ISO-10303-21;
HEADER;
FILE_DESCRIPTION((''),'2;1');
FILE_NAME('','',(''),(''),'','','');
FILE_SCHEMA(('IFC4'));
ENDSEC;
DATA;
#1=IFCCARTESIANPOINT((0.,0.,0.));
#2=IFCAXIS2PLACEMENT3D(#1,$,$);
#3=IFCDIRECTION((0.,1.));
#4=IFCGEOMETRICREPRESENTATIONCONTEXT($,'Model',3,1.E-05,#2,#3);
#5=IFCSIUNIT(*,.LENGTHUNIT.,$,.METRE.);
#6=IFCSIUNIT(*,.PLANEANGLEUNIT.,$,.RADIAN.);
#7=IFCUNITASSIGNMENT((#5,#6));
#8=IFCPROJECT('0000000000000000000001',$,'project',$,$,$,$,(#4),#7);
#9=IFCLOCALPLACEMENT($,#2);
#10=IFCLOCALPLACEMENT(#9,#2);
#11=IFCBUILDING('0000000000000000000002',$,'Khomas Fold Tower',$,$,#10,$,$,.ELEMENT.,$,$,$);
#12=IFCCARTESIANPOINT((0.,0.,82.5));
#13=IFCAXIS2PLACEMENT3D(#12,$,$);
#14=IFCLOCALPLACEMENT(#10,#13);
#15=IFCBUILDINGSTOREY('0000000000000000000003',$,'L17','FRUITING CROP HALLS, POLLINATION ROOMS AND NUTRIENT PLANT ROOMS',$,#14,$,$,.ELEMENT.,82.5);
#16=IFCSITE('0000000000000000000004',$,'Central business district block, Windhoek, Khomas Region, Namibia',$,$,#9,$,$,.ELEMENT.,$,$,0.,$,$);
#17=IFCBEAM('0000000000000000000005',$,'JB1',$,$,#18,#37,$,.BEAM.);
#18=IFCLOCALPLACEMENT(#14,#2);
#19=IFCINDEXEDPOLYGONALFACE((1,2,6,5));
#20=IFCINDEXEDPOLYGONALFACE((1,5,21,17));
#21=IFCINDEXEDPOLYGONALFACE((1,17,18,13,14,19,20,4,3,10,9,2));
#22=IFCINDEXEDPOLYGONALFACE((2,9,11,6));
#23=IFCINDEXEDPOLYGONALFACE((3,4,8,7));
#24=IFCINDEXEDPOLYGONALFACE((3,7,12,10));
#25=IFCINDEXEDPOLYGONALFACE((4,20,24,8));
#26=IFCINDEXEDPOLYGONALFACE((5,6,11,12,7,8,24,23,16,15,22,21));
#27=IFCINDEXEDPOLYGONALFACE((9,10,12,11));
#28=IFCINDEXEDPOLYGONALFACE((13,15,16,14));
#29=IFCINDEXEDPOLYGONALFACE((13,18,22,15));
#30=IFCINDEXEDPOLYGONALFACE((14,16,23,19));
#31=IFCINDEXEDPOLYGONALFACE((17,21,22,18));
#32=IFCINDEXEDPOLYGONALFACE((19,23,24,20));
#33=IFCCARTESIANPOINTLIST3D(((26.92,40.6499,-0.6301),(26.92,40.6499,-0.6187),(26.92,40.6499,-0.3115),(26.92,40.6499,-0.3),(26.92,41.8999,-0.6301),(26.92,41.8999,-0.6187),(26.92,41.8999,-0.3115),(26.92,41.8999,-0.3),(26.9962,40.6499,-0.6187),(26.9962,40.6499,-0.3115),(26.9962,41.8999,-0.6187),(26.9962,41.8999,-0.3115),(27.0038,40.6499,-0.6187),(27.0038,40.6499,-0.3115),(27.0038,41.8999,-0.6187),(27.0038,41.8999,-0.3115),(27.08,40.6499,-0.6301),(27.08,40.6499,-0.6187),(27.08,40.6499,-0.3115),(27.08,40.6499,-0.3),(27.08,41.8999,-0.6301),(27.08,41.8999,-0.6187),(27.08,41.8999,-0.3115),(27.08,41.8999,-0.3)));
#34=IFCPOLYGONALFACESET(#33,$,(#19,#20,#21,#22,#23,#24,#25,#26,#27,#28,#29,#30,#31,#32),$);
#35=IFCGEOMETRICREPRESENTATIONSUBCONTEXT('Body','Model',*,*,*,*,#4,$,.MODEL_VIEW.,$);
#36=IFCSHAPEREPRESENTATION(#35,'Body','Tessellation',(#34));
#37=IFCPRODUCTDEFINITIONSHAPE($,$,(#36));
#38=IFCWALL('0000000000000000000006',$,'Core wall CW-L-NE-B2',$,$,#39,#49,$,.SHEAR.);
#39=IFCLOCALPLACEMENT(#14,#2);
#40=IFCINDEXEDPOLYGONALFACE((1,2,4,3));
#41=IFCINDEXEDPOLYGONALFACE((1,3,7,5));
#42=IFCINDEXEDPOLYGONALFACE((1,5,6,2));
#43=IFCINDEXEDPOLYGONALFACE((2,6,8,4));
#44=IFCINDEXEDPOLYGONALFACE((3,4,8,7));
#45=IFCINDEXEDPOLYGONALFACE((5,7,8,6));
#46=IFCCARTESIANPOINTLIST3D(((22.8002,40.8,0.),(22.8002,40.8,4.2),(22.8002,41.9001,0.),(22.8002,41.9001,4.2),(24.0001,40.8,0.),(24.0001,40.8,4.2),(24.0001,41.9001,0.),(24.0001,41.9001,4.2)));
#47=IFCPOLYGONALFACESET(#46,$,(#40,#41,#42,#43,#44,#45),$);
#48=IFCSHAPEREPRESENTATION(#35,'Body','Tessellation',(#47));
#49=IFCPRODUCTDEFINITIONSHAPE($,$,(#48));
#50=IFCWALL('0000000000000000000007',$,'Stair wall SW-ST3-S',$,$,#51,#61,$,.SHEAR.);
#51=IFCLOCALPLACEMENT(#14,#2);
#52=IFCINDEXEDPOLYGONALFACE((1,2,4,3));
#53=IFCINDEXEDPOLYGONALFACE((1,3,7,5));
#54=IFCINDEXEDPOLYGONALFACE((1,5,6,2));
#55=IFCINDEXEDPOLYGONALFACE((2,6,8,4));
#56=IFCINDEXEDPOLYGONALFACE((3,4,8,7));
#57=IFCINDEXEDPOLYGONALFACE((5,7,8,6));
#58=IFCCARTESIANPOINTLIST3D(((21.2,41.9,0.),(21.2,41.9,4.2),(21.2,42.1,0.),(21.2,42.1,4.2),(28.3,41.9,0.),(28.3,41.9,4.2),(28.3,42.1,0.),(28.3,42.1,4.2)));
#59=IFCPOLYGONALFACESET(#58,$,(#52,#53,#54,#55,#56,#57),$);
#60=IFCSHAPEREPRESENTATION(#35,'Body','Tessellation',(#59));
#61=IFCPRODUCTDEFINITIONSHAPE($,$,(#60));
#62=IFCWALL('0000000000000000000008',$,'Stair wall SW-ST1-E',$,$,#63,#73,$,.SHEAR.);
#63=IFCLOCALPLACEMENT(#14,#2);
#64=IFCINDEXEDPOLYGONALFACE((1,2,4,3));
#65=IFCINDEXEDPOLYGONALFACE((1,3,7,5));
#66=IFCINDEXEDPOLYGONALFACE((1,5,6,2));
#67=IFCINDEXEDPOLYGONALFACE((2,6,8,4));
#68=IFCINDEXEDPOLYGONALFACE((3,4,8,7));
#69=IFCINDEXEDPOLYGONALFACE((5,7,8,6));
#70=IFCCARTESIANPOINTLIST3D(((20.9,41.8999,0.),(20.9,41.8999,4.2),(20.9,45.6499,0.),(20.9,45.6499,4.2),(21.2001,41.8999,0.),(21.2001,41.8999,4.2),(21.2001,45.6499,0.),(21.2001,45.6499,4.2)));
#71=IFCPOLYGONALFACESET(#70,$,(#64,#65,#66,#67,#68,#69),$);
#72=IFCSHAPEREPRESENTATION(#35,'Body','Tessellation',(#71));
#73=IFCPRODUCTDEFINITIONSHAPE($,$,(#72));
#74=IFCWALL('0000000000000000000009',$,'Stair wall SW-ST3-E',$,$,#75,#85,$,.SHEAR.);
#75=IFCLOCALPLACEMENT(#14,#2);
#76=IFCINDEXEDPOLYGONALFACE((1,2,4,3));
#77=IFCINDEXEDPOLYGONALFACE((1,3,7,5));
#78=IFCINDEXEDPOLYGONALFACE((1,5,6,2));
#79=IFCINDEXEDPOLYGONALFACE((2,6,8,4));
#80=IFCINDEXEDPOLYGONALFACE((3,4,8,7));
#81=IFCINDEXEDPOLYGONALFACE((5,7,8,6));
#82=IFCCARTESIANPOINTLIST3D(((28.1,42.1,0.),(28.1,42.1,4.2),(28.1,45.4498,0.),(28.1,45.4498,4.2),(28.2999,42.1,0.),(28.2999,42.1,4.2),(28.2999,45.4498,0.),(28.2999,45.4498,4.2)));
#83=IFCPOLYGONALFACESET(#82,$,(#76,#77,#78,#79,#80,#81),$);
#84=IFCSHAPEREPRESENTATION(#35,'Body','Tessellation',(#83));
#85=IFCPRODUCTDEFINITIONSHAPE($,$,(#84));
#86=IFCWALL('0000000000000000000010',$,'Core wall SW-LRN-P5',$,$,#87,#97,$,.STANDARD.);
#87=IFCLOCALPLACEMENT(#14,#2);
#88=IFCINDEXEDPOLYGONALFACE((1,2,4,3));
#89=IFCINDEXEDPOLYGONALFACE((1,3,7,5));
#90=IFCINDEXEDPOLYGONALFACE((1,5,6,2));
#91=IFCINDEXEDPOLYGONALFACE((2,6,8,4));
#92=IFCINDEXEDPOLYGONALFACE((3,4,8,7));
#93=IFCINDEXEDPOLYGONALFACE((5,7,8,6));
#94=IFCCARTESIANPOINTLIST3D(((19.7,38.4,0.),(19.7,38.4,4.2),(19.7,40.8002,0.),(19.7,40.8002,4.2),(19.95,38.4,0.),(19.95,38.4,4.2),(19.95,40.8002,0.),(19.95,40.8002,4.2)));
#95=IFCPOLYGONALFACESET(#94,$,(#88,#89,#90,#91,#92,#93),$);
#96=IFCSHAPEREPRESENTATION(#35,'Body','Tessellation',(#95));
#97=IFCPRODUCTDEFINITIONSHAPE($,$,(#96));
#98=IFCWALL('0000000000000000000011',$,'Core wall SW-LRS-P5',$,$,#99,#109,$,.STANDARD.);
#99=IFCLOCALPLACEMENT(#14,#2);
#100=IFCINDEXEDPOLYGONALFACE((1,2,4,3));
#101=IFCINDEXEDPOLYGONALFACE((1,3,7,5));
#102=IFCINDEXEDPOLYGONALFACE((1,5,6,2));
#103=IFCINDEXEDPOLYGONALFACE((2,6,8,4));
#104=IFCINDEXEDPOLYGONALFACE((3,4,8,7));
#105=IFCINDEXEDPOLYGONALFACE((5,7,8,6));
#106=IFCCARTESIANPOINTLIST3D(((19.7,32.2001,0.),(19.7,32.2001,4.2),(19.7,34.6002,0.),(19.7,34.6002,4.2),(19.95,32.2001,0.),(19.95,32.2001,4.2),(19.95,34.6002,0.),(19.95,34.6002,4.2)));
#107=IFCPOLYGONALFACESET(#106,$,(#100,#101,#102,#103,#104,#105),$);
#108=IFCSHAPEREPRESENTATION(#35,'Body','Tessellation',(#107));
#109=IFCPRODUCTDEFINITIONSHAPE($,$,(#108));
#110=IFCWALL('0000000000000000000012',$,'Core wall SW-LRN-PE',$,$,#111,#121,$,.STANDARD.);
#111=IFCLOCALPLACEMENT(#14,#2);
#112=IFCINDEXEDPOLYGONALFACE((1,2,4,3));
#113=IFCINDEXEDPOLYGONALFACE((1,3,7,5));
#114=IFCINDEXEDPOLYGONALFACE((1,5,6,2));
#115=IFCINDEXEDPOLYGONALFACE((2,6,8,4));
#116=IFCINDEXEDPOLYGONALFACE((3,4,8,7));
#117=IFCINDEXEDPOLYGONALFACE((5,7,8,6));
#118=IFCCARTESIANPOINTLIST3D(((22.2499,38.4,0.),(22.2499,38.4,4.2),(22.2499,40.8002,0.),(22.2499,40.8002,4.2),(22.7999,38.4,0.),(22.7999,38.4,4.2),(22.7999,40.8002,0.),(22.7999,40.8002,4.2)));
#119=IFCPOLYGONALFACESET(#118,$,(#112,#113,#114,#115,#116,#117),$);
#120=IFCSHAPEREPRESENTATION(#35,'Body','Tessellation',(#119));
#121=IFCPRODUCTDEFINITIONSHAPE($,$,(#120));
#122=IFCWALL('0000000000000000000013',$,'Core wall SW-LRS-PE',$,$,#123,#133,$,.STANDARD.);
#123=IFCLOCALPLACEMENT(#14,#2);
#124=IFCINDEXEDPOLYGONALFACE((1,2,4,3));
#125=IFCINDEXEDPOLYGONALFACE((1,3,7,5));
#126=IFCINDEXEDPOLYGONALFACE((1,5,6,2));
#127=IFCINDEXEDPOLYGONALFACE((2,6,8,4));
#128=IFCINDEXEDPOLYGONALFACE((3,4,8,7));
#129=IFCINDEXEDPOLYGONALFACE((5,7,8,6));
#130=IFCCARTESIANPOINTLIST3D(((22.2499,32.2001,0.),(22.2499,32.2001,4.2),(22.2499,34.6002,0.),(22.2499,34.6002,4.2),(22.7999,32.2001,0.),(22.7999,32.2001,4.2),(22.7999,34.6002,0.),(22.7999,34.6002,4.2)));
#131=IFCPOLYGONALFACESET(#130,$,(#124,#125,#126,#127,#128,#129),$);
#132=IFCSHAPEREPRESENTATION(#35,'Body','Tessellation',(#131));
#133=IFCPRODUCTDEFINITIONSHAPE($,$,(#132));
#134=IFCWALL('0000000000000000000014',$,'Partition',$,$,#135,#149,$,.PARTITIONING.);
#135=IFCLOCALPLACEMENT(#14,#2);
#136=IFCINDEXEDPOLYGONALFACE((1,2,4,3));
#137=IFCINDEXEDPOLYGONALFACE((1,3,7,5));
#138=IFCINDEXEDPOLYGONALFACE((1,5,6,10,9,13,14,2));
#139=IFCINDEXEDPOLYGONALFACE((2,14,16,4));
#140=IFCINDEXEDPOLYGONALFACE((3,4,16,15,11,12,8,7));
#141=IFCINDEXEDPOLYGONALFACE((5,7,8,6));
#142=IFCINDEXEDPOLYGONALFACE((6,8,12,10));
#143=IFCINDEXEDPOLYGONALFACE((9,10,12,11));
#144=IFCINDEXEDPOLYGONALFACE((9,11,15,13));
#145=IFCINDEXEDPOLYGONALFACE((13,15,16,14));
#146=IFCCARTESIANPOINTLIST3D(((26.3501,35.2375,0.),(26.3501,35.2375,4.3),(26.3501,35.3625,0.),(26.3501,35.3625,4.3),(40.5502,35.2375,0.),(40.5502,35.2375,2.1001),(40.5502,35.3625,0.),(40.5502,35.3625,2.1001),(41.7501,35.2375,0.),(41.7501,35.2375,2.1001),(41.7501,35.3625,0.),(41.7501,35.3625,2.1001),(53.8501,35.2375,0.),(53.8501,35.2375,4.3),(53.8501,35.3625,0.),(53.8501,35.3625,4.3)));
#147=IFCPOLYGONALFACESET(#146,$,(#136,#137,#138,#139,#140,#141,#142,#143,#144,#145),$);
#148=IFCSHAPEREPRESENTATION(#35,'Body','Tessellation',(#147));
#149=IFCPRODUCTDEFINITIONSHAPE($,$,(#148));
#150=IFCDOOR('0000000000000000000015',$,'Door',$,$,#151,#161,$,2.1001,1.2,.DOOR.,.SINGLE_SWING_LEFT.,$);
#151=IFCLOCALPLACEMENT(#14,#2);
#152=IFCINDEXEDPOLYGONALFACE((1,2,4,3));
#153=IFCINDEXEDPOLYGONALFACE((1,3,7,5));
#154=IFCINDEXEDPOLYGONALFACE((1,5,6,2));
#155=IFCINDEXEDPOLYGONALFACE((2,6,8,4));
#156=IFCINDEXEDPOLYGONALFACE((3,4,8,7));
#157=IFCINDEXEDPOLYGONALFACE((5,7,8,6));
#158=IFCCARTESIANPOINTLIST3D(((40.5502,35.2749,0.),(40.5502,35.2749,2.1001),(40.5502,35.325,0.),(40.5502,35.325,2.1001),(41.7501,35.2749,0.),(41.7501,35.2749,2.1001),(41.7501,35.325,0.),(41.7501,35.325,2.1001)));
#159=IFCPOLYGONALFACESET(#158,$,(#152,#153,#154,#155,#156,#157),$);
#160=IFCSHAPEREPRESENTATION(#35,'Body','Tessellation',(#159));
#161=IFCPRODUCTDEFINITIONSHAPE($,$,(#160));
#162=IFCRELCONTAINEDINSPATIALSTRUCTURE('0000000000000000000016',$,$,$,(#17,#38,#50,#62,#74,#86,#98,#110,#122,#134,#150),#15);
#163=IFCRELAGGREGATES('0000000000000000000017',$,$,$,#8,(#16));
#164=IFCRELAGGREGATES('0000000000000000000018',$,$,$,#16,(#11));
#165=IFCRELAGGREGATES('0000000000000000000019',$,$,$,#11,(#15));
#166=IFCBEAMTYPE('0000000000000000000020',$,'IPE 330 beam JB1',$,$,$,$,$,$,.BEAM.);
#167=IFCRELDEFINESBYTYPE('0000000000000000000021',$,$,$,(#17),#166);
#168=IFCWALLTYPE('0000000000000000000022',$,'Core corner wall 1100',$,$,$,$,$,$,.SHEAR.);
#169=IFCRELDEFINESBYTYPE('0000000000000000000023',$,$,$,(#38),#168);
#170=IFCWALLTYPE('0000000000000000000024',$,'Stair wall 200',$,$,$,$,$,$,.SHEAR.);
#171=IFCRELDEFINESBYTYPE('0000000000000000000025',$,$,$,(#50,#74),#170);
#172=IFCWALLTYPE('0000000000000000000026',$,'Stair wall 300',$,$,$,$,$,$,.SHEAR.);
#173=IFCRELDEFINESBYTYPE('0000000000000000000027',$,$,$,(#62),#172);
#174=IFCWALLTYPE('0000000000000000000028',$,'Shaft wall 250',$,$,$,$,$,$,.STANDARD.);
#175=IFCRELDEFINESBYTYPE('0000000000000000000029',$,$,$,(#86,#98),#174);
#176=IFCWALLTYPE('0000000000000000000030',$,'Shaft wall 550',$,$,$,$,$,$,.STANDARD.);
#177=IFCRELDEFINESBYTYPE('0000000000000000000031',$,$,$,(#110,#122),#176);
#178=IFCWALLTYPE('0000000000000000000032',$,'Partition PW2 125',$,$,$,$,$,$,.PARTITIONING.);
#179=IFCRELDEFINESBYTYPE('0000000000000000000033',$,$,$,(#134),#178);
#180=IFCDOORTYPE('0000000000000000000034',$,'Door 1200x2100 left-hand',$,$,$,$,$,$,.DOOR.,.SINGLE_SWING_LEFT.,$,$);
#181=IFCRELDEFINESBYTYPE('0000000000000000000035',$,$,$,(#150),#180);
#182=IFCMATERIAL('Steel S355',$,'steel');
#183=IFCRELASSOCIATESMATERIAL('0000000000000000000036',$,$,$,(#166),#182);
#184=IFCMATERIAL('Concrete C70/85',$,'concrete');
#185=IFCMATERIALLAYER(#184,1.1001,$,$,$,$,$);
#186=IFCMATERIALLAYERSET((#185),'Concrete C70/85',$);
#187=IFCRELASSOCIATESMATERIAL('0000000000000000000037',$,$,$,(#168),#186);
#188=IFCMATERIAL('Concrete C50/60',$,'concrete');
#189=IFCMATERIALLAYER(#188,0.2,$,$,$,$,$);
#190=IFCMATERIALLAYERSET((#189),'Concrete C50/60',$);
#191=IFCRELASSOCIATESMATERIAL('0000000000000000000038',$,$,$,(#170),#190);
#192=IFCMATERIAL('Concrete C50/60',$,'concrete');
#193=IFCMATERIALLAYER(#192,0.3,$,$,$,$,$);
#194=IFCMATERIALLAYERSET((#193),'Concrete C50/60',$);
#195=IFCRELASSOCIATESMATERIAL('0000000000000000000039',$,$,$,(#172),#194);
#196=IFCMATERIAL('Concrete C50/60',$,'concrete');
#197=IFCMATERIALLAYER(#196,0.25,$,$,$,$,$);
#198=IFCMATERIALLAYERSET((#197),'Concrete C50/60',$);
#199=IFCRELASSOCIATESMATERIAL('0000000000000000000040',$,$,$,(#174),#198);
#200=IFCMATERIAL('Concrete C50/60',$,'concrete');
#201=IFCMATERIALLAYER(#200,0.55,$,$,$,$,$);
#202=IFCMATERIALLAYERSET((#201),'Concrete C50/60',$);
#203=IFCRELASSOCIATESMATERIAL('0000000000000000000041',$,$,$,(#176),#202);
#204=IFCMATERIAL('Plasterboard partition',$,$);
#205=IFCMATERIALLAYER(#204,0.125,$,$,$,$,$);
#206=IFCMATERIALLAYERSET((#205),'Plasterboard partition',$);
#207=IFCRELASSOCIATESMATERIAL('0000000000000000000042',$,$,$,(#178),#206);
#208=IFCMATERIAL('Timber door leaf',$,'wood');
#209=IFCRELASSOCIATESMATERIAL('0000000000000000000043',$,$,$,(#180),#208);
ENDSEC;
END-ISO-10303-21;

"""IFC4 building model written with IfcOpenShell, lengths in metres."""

from ifc_helpers import new_model, si_unit, direction, frame, frame_2d, origin, origin_2d, place, context, subcontext, project, spatial, rectangle, i_section, extrude, source, transform, mapped, material, layer, layer_set, material_profile, profile_set, type_object, element, fill, save


model = new_model("IFC4")

# Units and contexts
model_context = context("Model", 3, precision=1e-05, world=origin(), true_north=direction((0.0, 1.0)))
body_context = subcontext(model_context, "Body", "Model", "MODEL_VIEW")
ifc_project = project(units=[si_unit("LENGTHUNIT", "METRE"), si_unit("PLANEANGLEUNIT", "RADIAN")], contexts=[model_context])

# Site, building, storey
site_placement = place(None, origin())
site = spatial("IfcSite", under=ifc_project, at=site_placement, Name="Central business district block, Windhoek, Khomas Region, Namibia", CompositionType="ELEMENT", RefElevation=0.0)
building_placement = place(site_placement, origin())
building = spatial("IfcBuilding", under=site, at=building_placement, Name="Khomas Fold Tower", CompositionType="ELEMENT")
storey_placement = place(building_placement, frame((0.0, 0.0, 82.5)))
storey = spatial("IfcBuildingStorey", under=building, at=storey_placement, Name="L17", Description="FRUITING CROP HALLS, POLLINATION ROOMS AND NUTRIENT PLANT ROOMS", CompositionType="ELEMENT", Elevation=82.5)

# Beam
ifc_material_1 = material(Name="Steel S355", Category="steel")
ifc_material_profile_1 = material_profile(ifc_material_1, i_section(OverallWidth=0.1599, OverallDepth=0.3301, WebThickness=0.0076, FlangeThickness=0.0115, at=origin_2d()), Name="IPE 330")
ifc_profile_set_1 = profile_set([ifc_material_profile_1], Name="Steel S355")
beam_type_1 = type_object("IfcBeamType", Name="IPE 330 beam JB1", PredefinedType="BEAM", material=ifc_profile_set_1)
shared_shape_1 = source(origin(), body_context, "Body", "SweptSolid", [
    extrude(i_section(OverallWidth=0.1599, OverallDepth=0.3301, WebThickness=0.0076, FlangeThickness=0.0115, at=origin_2d()), origin(), (0.0, 0.0, 1.0), 1.25),
])
beam_1_placement = place(storey_placement, frame((27.0, 40.6499, -0.4651), z_axis=(0.0, 1.0, 0.0), x_axis=(-1.0, 0.0, 0.0)))
element("IfcBeam", 1, at=beam_1_placement, inside=storey, type_object=beam_type_1, Name="JB1", PredefinedType="BEAM", context=body_context, shape_type="MappedRepresentation", body=[
    mapped(shared_shape_1, transform((0.0, 0.0, 0.0))),
])

# Walls
ifc_material_2 = material(Name="Concrete C70/85", Category="concrete")
ifc_layer_1 = layer(ifc_material_2, 1.1001)
ifc_layer_set_1 = layer_set([ifc_layer_1], Name="Concrete C70/85")
wall_type_1 = type_object("IfcWallType", Name="Core corner wall 1100", PredefinedType="SHEAR", material=ifc_layer_set_1)
shared_shape_2 = source(origin(), body_context, "Body", "SweptSolid", [
    extrude(rectangle(XDim=1.2, YDim=1.1001, at=frame_2d((0.6001, 0.0))), origin(), (0.0, 0.0, 1.0), 4.2),
])
wall_1_placement = place(storey_placement, frame((22.8, 41.3501, 0.0), z_axis=(0.0, 0.0, 1.0), x_axis=(1.0, 0.0, 0.0)))
element("IfcWall", 2, at=wall_1_placement, inside=storey, type_object=wall_type_1, Name="Core wall CW-L-NE-B2", PredefinedType="SHEAR", context=body_context, shape_type="MappedRepresentation", body=[
    mapped(shared_shape_2, transform((0.0, 0.0, 0.0))),
])
ifc_material_3 = material(Name="Concrete C50/60", Category="concrete")
ifc_layer_2 = layer(ifc_material_3, 0.2)
ifc_layer_set_2 = layer_set([ifc_layer_2], Name="Concrete C50/60")
wall_type_2 = type_object("IfcWallType", Name="Stair wall 200", PredefinedType="SHEAR", material=ifc_layer_set_2)
shared_shape_3 = source(origin(), body_context, "Body", "SweptSolid", [
    extrude(rectangle(XDim=7.1001, YDim=0.2, at=frame_2d((3.55, 0.0))), origin(), (0.0, 0.0, 1.0), 4.2),
])
wall_2_placement = place(storey_placement, frame((21.2, 42.0, 0.0), z_axis=(0.0, 0.0, 1.0), x_axis=(1.0, 0.0, 0.0)))
element("IfcWall", 3, at=wall_2_placement, inside=storey, type_object=wall_type_2, Name="Stair wall SW-ST3-S", PredefinedType="SHEAR", context=body_context, shape_type="MappedRepresentation", body=[
    mapped(shared_shape_3, transform((0.0, 0.0, 0.0))),
])
ifc_material_4 = material(Name="Concrete C50/60", Category="concrete")
ifc_layer_3 = layer(ifc_material_4, 0.3)
ifc_layer_set_3 = layer_set([ifc_layer_3], Name="Concrete C50/60")
wall_type_3 = type_object("IfcWallType", Name="Stair wall 300", PredefinedType="SHEAR", material=ifc_layer_set_3)
shared_shape_4 = source(origin(), body_context, "Body", "SweptSolid", [
    extrude(rectangle(XDim=3.75, YDim=0.3, at=frame_2d((1.875, 0.0))), origin(), (0.0, 0.0, 1.0), 4.2),
])
wall_3_placement = place(storey_placement, frame((21.05, 41.8999, 0.0), z_axis=(0.0, 0.0, 1.0), x_axis=(0.0, 1.0, 0.0)))
element("IfcWall", 4, at=wall_3_placement, inside=storey, type_object=wall_type_3, Name="Stair wall SW-ST1-E", PredefinedType="SHEAR", context=body_context, shape_type="MappedRepresentation", body=[
    mapped(shared_shape_4, transform((0.0, 0.0, 0.0))),
])
shared_shape_5 = source(origin(), body_context, "Body", "SweptSolid", [
    extrude(rectangle(XDim=3.3499, YDim=0.2, at=frame_2d((1.6748, 0.0))), origin(), (0.0, 0.0, 1.0), 4.2),
])
wall_4_placement = place(storey_placement, frame((28.2, 42.1001, 0.0), z_axis=(0.0, 0.0, 1.0), x_axis=(0.0, 1.0, 0.0)))
element("IfcWall", 5, at=wall_4_placement, inside=storey, type_object=wall_type_2, Name="Stair wall SW-ST3-E", PredefinedType="SHEAR", context=body_context, shape_type="MappedRepresentation", body=[
    mapped(shared_shape_5, transform((0.0, 0.0, 0.0))),
])
ifc_material_5 = material(Name="Concrete C50/60", Category="concrete")
ifc_layer_4 = layer(ifc_material_5, 0.25)
ifc_layer_set_4 = layer_set([ifc_layer_4], Name="Concrete C50/60")
wall_type_4 = type_object("IfcWallType", Name="Shaft wall 250", PredefinedType="STANDARD", material=ifc_layer_set_4)
shared_shape_6 = source(origin(), body_context, "Body", "SweptSolid", [
    extrude(rectangle(XDim=2.4001, YDim=0.25, at=frame_2d((1.2002, 0.0))), origin(), (0.0, 0.0, 1.0), 4.2),
])
for number, where, z_axis, x_axis, name in (
    (6, (19.825, 38.3999, 0.0), (0.0, 0.0, 1.0), (0.0, 1.0, 0.0), "Core wall SW-LRN-P5"),
    (7, (19.825, 32.2, 0.0), (0.0, 0.0, 1.0), (0.0, 1.0, 0.0), "Core wall SW-LRS-P5"),
):
    element("IfcWall", number, at=place(storey_placement, frame(where, z_axis=z_axis, x_axis=x_axis)), inside=storey, type_object=wall_type_4, Name=name, PredefinedType="STANDARD", context=body_context, shape_type="MappedRepresentation", body=[
        mapped(shared_shape_6, transform((0.0, 0.0, 0.0))),
    ])
ifc_material_6 = material(Name="Concrete C50/60", Category="concrete")
ifc_layer_5 = layer(ifc_material_6, 0.55)
ifc_layer_set_5 = layer_set([ifc_layer_5], Name="Concrete C50/60")
wall_type_5 = type_object("IfcWallType", Name="Shaft wall 550", PredefinedType="STANDARD", material=ifc_layer_set_5)
shared_shape_7 = source(origin(), body_context, "Body", "SweptSolid", [
    extrude(rectangle(XDim=2.4001, YDim=0.55, at=frame_2d((1.2002, 0.0))), origin(), (0.0, 0.0, 1.0), 4.2),
])
for number, where, z_axis, x_axis, name in (
    (8, (22.5249, 38.3999, 0.0), (0.0, 0.0, 1.0), (0.0, 1.0, 0.0), "Core wall SW-LRN-PE"),
    (9, (22.5249, 32.2, 0.0), (0.0, 0.0, 1.0), (0.0, 1.0, 0.0), "Core wall SW-LRS-PE"),
):
    element("IfcWall", number, at=place(storey_placement, frame(where, z_axis=z_axis, x_axis=x_axis)), inside=storey, type_object=wall_type_5, Name=name, PredefinedType="STANDARD", context=body_context, shape_type="MappedRepresentation", body=[
        mapped(shared_shape_7, transform((0.0, 0.0, 0.0))),
    ])

# Wall, opening, door
ifc_material_7 = material(Name="Plasterboard partition")
ifc_layer_6 = layer(ifc_material_7, 0.125)
ifc_layer_set_6 = layer_set([ifc_layer_6], Name="Plasterboard partition")
wall_type_6 = type_object("IfcWallType", Name="Partition PW2 125", PredefinedType="PARTITIONING", material=ifc_layer_set_6)
shared_shape_8 = source(origin(), body_context, "Body", "SweptSolid", [
    extrude(rectangle(XDim=27.5, YDim=0.125, at=frame_2d((13.75, 0.0))), origin(), (0.0, 0.0, 1.0), 4.3),
])
wall_5_placement = place(storey_placement, frame((26.3501, 35.3, 0.0), z_axis=(0.0, 0.0, 1.0), x_axis=(1.0, 0.0, 0.0)))
wall_5 = element("IfcWall", 10, at=wall_5_placement, inside=storey, type_object=wall_type_6, Name="Partition", PredefinedType="PARTITIONING", context=body_context, shape_type="MappedRepresentation", body=[
    mapped(shared_shape_8, transform((0.0, 0.0, 0.0))),
])
shared_shape_9 = source(origin(), body_context, "Body", "SweptSolid", [
    extrude(rectangle(XDim=1.2, YDim=2.1001, at=frame_2d((0.6001, 1.05))), frame((0.0, 0.0725, 0.0), z_axis=(0.0, -1.0, 0.0), x_axis=(1.0, 0.0, 0.0)), (0.0, 0.0, 1.0), 0.145),
])
opening_1_placement = place(wall_5_placement, frame((14.2, 0.0, 0.0)))
opening_1 = element("IfcOpeningElement", 11, at=opening_1_placement, cuts=wall_5, PredefinedType="OPENING", context=body_context, shape_type="MappedRepresentation", body=[
    mapped(shared_shape_9, transform((0.0, 0.0, 0.0))),
])
ifc_material_8 = material(Name="Timber door leaf", Category="wood")
door_type_1 = type_object("IfcDoorType", Name="Door 1200x2100 left-hand", OperationType="SINGLE_SWING_LEFT", PredefinedType="DOOR", material=ifc_material_8)
shared_shape_10 = source(origin(), body_context, "Body", "SweptSolid", [
    extrude(rectangle(XDim=1.2, YDim=2.1001, at=frame_2d((0.6001, 1.05))), frame((0.0, 0.0249, 0.0), z_axis=(0.0, -1.0, 0.0), x_axis=(1.0, 0.0, 0.0)), (0.0, 0.0, 1.0), 0.05),
])
door_1_placement = place(opening_1_placement, origin())
door_1 = element("IfcDoor", 12, at=door_1_placement, inside=storey, type_object=door_type_1, Name="Door", OperationType="SINGLE_SWING_LEFT", OverallHeight=2.1001, OverallWidth=1.2, PredefinedType="DOOR", context=body_context, shape_type="MappedRepresentation", body=[
    mapped(shared_shape_10, transform((0.0, 0.0, 0.0))),
])
fill(opening_1, door_1)

save(model, "model.ifc")
